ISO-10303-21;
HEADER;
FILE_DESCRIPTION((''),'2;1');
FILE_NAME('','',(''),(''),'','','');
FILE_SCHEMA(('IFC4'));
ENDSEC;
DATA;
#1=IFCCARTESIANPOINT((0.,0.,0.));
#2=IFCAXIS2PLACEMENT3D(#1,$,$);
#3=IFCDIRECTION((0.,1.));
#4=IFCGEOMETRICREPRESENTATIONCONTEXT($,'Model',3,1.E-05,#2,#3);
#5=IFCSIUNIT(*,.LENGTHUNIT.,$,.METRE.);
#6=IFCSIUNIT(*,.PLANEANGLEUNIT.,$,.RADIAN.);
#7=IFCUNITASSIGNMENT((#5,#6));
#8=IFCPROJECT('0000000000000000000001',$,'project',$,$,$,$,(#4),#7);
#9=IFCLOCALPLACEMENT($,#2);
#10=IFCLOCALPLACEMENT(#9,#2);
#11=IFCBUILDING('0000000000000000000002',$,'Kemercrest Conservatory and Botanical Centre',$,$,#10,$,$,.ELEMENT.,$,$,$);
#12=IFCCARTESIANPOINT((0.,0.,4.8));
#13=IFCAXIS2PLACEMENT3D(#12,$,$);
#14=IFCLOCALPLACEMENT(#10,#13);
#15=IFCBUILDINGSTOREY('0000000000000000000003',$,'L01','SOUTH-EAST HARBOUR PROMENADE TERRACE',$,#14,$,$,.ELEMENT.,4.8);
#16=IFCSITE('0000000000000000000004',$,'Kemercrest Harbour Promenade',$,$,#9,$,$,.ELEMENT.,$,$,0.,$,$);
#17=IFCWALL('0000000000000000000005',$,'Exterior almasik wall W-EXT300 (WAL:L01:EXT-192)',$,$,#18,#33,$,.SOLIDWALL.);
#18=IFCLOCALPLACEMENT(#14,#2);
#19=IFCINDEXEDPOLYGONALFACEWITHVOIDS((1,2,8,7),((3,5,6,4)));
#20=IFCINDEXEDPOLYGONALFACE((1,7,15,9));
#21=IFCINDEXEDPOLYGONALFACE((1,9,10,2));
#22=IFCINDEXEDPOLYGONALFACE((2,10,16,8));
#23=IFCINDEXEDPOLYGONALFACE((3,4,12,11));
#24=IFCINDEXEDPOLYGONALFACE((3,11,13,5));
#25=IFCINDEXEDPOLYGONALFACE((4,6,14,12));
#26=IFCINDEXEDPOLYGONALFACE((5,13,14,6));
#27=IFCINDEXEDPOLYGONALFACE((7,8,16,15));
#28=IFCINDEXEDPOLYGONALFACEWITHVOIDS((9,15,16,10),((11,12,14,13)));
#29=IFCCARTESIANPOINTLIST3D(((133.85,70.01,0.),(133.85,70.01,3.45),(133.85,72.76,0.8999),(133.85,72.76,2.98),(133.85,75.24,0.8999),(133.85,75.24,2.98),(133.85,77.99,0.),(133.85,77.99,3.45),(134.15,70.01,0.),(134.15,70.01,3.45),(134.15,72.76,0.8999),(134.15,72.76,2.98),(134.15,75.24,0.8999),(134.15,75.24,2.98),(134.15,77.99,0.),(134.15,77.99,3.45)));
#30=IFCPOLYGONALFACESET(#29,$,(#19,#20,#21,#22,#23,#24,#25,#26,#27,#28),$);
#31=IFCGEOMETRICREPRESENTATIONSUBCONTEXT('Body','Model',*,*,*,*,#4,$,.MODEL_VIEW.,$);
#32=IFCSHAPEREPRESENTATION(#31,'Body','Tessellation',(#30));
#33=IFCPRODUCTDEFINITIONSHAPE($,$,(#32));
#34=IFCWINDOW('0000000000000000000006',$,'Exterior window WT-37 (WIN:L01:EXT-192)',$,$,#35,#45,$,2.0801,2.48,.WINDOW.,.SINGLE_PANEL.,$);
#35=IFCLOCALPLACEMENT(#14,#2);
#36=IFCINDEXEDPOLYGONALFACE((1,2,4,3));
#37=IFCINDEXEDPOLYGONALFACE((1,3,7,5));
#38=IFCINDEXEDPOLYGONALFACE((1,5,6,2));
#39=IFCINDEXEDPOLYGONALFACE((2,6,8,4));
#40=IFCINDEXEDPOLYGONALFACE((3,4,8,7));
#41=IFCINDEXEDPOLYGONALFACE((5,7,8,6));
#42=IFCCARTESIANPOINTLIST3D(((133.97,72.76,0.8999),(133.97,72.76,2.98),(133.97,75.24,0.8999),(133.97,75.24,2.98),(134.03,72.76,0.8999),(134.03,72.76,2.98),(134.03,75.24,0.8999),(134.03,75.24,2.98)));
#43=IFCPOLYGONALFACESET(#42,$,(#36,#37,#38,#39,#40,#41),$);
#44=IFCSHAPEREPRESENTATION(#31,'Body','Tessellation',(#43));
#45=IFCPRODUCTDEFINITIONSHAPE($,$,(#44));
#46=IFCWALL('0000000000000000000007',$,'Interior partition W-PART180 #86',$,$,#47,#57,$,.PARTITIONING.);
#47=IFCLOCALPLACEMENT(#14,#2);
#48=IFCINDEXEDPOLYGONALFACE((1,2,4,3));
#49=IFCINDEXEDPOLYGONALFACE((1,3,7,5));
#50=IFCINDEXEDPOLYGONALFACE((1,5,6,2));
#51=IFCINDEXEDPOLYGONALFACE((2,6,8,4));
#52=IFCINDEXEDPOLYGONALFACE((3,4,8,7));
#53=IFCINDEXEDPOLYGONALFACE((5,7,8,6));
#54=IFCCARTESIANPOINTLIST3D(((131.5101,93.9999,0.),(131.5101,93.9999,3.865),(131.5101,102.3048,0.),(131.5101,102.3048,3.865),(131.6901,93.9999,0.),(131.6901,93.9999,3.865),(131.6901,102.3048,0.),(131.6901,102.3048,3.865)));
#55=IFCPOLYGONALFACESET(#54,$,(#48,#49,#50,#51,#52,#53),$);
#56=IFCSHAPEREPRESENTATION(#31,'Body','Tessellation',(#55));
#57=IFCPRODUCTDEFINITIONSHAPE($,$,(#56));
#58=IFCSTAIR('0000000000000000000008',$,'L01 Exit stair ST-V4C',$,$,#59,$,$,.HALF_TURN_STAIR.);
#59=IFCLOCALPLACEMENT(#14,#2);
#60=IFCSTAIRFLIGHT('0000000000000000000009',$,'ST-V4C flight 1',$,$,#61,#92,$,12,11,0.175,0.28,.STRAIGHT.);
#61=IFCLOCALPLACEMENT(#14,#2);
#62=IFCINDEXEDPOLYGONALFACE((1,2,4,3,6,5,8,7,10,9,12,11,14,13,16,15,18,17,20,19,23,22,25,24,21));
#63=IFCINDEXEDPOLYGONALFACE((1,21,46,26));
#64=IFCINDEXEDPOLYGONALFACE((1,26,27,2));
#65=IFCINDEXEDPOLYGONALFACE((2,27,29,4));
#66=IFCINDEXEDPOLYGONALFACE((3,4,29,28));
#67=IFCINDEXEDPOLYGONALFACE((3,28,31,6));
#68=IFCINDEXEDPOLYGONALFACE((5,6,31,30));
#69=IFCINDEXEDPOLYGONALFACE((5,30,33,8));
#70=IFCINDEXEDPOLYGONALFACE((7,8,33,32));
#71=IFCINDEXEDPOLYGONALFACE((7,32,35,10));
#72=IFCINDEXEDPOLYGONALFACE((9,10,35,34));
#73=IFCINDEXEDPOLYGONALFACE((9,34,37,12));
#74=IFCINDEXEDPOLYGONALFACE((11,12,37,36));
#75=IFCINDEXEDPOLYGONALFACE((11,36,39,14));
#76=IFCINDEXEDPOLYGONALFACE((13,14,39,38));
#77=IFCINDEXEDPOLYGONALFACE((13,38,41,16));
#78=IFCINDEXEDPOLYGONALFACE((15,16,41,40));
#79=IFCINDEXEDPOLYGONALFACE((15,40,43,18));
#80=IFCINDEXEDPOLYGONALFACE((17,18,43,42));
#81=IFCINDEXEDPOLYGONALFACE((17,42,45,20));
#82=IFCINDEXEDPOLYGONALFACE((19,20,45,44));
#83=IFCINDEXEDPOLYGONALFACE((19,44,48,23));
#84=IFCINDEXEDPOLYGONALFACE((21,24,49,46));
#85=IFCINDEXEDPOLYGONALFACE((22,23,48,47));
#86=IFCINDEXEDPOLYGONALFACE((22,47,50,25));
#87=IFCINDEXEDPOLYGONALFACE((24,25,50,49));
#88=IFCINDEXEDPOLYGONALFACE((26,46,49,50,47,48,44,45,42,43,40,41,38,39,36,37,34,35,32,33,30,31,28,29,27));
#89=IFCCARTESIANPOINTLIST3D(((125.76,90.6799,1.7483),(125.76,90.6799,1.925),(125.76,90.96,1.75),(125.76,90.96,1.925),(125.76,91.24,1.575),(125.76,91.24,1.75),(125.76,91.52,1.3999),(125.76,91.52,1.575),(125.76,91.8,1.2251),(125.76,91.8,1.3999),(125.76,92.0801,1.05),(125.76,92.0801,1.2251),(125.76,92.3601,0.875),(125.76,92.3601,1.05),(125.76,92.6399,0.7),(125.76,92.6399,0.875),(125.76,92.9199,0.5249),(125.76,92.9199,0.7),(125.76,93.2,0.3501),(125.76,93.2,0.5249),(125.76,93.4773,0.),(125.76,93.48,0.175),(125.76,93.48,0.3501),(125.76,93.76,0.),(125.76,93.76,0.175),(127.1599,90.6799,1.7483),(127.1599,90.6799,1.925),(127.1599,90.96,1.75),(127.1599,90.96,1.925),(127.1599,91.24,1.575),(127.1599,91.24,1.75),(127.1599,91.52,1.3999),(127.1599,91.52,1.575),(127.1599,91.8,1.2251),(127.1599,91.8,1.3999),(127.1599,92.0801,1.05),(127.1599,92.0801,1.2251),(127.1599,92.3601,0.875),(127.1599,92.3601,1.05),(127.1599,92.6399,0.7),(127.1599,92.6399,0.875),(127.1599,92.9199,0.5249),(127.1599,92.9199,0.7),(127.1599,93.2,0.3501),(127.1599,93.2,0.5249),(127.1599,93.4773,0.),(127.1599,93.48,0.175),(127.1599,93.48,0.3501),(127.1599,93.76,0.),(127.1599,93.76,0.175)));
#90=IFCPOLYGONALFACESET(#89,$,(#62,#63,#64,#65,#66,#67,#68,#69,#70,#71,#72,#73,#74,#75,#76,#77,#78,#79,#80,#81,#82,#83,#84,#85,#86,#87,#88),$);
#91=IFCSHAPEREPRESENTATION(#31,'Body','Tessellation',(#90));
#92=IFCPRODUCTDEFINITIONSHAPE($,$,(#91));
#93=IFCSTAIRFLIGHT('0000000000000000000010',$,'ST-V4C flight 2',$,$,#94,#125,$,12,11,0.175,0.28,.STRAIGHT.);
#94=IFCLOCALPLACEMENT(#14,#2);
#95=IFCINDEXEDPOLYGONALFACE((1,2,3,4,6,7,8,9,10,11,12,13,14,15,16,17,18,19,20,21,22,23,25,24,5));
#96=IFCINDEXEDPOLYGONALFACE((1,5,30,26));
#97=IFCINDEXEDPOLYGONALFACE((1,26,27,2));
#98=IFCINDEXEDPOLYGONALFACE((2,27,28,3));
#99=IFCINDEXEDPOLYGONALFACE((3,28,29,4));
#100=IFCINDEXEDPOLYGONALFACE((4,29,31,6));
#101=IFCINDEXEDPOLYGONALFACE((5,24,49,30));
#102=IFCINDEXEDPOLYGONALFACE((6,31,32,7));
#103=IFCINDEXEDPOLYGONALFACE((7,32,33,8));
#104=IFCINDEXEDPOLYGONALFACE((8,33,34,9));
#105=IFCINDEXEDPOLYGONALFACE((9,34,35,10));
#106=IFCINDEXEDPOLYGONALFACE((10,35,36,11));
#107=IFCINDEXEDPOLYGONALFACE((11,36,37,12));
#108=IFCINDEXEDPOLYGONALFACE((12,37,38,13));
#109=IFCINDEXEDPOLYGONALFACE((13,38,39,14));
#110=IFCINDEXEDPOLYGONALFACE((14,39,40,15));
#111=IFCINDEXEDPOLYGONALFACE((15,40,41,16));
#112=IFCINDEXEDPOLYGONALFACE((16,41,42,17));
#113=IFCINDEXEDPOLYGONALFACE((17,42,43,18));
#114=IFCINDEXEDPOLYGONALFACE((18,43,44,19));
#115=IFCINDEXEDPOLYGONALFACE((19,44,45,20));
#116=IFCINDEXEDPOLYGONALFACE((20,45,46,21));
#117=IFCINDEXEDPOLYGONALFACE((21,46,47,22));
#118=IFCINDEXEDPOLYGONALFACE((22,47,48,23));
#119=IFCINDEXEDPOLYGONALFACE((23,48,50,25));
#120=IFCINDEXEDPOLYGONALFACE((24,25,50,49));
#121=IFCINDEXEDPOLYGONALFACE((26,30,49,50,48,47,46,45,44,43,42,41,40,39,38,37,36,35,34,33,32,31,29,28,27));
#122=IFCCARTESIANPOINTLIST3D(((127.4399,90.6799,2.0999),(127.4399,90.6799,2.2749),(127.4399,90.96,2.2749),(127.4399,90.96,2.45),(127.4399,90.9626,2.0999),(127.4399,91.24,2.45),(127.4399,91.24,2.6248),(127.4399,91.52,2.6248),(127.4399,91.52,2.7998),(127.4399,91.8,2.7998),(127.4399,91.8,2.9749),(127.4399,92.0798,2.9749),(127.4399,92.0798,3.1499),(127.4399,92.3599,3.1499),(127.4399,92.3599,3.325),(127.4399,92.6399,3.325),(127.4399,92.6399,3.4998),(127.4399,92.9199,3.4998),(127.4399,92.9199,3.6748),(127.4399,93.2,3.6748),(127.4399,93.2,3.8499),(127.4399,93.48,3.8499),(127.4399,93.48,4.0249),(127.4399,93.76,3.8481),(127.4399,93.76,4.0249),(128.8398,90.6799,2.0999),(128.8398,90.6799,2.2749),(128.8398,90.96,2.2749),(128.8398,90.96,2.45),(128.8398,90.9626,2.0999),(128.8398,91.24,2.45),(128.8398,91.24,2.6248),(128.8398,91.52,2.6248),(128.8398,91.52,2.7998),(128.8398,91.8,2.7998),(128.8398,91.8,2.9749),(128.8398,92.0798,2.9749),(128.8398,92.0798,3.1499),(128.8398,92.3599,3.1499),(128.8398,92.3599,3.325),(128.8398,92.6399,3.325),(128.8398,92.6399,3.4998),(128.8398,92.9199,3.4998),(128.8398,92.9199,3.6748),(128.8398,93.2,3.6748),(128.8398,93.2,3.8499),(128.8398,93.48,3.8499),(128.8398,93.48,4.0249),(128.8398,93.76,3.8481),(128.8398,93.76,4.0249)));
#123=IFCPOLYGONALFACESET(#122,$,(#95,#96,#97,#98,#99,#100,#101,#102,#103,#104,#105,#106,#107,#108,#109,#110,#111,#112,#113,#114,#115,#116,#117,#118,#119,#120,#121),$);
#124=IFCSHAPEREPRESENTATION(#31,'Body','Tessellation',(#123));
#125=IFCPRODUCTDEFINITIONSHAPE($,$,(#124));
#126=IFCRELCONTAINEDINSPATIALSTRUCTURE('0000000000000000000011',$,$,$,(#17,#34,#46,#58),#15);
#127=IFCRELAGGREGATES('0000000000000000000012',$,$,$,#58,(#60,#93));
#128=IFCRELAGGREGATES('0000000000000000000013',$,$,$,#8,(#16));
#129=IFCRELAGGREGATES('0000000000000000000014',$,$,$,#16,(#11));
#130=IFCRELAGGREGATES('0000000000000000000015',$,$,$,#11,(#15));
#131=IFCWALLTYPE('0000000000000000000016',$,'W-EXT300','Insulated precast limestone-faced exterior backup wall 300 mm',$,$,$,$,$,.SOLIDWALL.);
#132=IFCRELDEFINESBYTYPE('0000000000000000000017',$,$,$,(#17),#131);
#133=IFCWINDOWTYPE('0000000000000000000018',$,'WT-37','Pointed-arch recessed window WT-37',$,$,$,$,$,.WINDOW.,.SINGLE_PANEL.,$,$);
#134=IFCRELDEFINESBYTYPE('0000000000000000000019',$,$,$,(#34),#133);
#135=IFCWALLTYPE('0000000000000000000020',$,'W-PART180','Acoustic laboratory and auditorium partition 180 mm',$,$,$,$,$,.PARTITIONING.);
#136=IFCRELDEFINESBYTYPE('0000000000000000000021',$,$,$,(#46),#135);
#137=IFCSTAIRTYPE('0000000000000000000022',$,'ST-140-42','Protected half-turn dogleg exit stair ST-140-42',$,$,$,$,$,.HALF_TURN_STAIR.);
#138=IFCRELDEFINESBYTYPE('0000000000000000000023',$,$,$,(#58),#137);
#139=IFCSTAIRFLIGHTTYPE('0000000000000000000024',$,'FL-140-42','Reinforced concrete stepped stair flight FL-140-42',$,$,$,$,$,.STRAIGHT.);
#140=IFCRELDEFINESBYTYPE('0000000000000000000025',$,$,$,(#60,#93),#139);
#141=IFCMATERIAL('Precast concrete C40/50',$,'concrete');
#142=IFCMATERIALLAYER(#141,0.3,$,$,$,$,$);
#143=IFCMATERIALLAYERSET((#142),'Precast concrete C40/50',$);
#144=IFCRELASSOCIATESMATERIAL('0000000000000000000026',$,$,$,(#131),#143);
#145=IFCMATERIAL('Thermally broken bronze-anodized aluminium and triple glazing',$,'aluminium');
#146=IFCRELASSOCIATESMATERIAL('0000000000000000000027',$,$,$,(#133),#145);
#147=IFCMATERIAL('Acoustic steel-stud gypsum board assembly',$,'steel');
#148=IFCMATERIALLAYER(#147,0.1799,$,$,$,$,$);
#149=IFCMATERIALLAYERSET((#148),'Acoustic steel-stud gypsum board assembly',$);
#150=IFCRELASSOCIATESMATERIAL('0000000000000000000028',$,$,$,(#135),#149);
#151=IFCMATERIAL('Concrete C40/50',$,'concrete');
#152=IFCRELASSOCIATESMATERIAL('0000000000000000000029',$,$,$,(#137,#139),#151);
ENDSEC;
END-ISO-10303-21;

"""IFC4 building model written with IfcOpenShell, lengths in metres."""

from ifc_helpers import new_model, si_unit, direction, frame, frame_2d, origin, place, context, subcontext, project, spatial, polyline, rectangle, outline, extrude, material, layer, layer_set, type_object, element, fill, aggregate, save


model = new_model("IFC4")

# Units and contexts
model_context = context("Model", 3, precision=1e-05, world=origin(), true_north=direction((0.0, 1.0)))
body_context = subcontext(model_context, "Body", "Model", "MODEL_VIEW")
ifc_project = project(units=[si_unit("LENGTHUNIT", "METRE"), si_unit("PLANEANGLEUNIT", "RADIAN")], contexts=[model_context])

# Site, building, storey
site_placement = place(None, origin())
site = spatial("IfcSite", under=ifc_project, at=site_placement, Name="Kemercrest Harbour Promenade", CompositionType="ELEMENT", RefElevation=0.0)
building_placement = place(site_placement, origin())
building = spatial("IfcBuilding", under=site, at=building_placement, Name="Kemercrest Conservatory and Botanical Centre", CompositionType="ELEMENT")
storey_placement = place(building_placement, frame((0.0, 0.0, 4.8)))
storey = spatial("IfcBuildingStorey", under=building, at=storey_placement, Name="L01", Description="SOUTH-EAST HARBOUR PROMENADE TERRACE", CompositionType="ELEMENT", Elevation=4.8)

# Shared definitions
ifc_material_1 = material(Name="Concrete C40/50", Category="concrete")
ifc_material_2 = material(Name="Precast concrete C40/50", Category="concrete")

# Wall, opening, window
ifc_layer_1 = layer(ifc_material_2, 0.3)
ifc_layer_set_1 = layer_set([ifc_layer_1], Name="Precast concrete C40/50")
wall_type_1 = type_object("IfcWallType", Name="W-EXT300", Description="Insulated precast limestone-faced exterior backup wall 300 mm", PredefinedType="SOLIDWALL", material=ifc_layer_set_1)
wall_1_placement = place(storey_placement, frame((134.0, 77.99, 0.0), z_axis=(0.0, 0.0, 1.0), x_axis=(0.0, -1.0, 0.0)))
wall_1 = element("IfcWall", 1, at=wall_1_placement, inside=storey, type_object=wall_type_1, Name="Exterior almasik wall W-EXT300 (WAL:L01:EXT-192)", PredefinedType="SOLIDWALL", context=body_context, shape_type="SweptSolid", body=[
    extrude(rectangle(XDim=7.98, YDim=0.3, at=frame_2d((3.99, 0.0))), origin(), (0.0, 0.0, 1.0), 3.45),
])
opening_placement = place(wall_1_placement, frame((2.75, 0.0, 0.8999)))
opening = element("IfcOpeningElement", 2, at=opening_placement, cuts=wall_1, PredefinedType="OPENING", context=body_context, shape_type="SweptSolid", body=[
    extrude(rectangle(XDim=2.48, YDim=2.0801, at=frame_2d((1.24, 1.04))), frame((0.0, 0.1602, 0.0), z_axis=(0.0, -1.0, 0.0), x_axis=(1.0, 0.0, 0.0)), (0.0, 0.0, 1.0), 0.3201),
])
ifc_material_3 = material(Name="Thermally broken bronze-anodized aluminium and triple glazing", Category="aluminium")
window_type = type_object("IfcWindowType", Name="WT-37", Description="Pointed-arch recessed window WT-37", PartitioningType="SINGLE_PANEL", PredefinedType="WINDOW", material=ifc_material_3)
window_placement = place(opening_placement, origin())
window = element("IfcWindow", 3, at=window_placement, inside=storey, type_object=window_type, Name="Exterior window WT-37 (WIN:L01:EXT-192)", OverallHeight=2.0801, OverallWidth=2.48, PartitioningType="SINGLE_PANEL", PredefinedType="WINDOW", context=body_context, shape_type="SweptSolid", body=[
    extrude(rectangle(XDim=2.48, YDim=2.0801, at=frame_2d((1.24, 1.04))), frame((0.0, 0.03, 0.0), z_axis=(0.0, -1.0, 0.0), x_axis=(1.0, 0.0, 0.0)), (0.0, 0.0, 1.0), 0.0601),
])
fill(opening, window)

# Wall
ifc_material_4 = material(Name="Acoustic steel-stud gypsum board assembly", Category="steel")
ifc_layer_2 = layer(ifc_material_4, 0.1799)
ifc_layer_set_2 = layer_set([ifc_layer_2], Name="Acoustic steel-stud gypsum board assembly")
wall_type_2 = type_object("IfcWallType", Name="W-PART180", Description="Acoustic laboratory and auditorium partition 180 mm", PredefinedType="PARTITIONING", material=ifc_layer_set_2)
wall_2_placement = place(storey_placement, frame((131.6001, 94.0, 0.0), z_axis=(0.0, 0.0, 1.0), x_axis=(0.0, 1.0, 0.0)))
element("IfcWall", 4, at=wall_2_placement, inside=storey, type_object=wall_type_2, Name="Interior partition W-PART180 #86", PredefinedType="PARTITIONING", context=body_context, shape_type="SweptSolid", body=[
    extrude(rectangle(XDim=8.3049, YDim=0.1799, at=frame_2d((4.1523, 0.0))), origin(), (0.0, 0.0, 1.0), 3.865),
])

# Stair, stair flights
stair_type = type_object("IfcStairType", Name="ST-140-42", Description="Protected half-turn dogleg exit stair ST-140-42", PredefinedType="HALF_TURN_STAIR", material=ifc_material_1)
stair_placement = place(storey_placement, origin())
stair = element("IfcStair", 5, at=stair_placement, inside=storey, type_object=stair_type, Name="L01 Exit stair ST-V4C", PredefinedType="HALF_TURN_STAIR")
stair_flight_type = type_object("IfcStairFlightType", Name="FL-140-42", Description="Reinforced concrete stepped stair flight FL-140-42", PredefinedType="STRAIGHT", material=ifc_material_1)
stair_flight_1_placement = place(storey_placement, frame((126.46, 93.76, 0.0), z_axis=(0.0, 0.0, 1.0), x_axis=(0.0, -1.0, 0.0)))
stair_flight_1 = element("IfcStairFlight", 6, at=stair_flight_1_placement, type_object=stair_flight_type, Name="ST-V4C flight 1", NumberOfRisers=12, NumberOfTreads=11, PredefinedType="STRAIGHT", RiserHeight=0.175, TreadLength=0.28, context=body_context, shape_type="SweptSolid", body=[
    extrude(outline(polyline([(0.0, 0.0), (0.0, 0.175), (0.28, 0.175), (0.28, 0.3501), (0.5601, 0.3501), (0.5601, 0.5249), (0.8401, 0.5249), (0.8401, 0.7), (1.1201, 0.7), (1.1201, 0.875), (1.3999, 0.875), (1.3999, 1.05), (1.6799, 1.05), (1.6799, 1.2251), (1.96, 1.2251), (1.96, 1.3999), (2.24, 1.3999), (2.24, 1.575), (2.52, 1.575), (2.52, 1.75), (2.8, 1.75), (2.8, 1.925), (3.0801, 1.925), (3.0801, 2.1001), (3.0801, 1.7483), (0.2827, 0.0), (0.0, 0.0)])), frame((0.0, 0.7, 0.0), z_axis=(0.0, -1.0, 0.0), x_axis=(1.0, 0.0, 0.0)), (0.0, 0.0, 1.0), 1.3999),
])
stair_flight_2_placement = place(storey_placement, frame((128.1399, 90.6799, 2.0999), z_axis=(0.0, 0.0, 1.0), x_axis=(0.0, 1.0, 0.0)))
stair_flight_2 = element("IfcStairFlight", 7, at=stair_flight_2_placement, type_object=stair_flight_type, Name="ST-V4C flight 2", NumberOfRisers=12, NumberOfTreads=11, PredefinedType="STRAIGHT", RiserHeight=0.175, TreadLength=0.28, context=body_context, shape_type="SweptSolid", body=[
    extrude(outline(polyline([(0.0, 0.0), (0.0, 0.175), (0.28, 0.175), (0.28, 0.3501), (0.5601, 0.3501), (0.5601, 0.5249), (0.8401, 0.5249), (0.8401, 0.7), (1.1201, 0.7), (1.1201, 0.875), (1.3999, 0.875), (1.3999, 1.05), (1.6799, 1.05), (1.6799, 1.2251), (1.96, 1.2251), (1.96, 1.3999), (2.24, 1.3999), (2.24, 1.575), (2.52, 1.575), (2.52, 1.75), (2.8, 1.75), (2.8, 1.925), (3.0801, 1.925), (3.0801, 2.1001), (3.0801, 1.7483), (0.2827, 0.0), (0.0, 0.0)])), frame((0.0, 0.7, 0.0), z_axis=(0.0, -1.0, 0.0), x_axis=(1.0, 0.0, 0.0)), (0.0, 0.0, 1.0), 1.3999),
])
aggregate(stair, [stair_flight_1, stair_flight_2])

save(model, "model.ifc")
